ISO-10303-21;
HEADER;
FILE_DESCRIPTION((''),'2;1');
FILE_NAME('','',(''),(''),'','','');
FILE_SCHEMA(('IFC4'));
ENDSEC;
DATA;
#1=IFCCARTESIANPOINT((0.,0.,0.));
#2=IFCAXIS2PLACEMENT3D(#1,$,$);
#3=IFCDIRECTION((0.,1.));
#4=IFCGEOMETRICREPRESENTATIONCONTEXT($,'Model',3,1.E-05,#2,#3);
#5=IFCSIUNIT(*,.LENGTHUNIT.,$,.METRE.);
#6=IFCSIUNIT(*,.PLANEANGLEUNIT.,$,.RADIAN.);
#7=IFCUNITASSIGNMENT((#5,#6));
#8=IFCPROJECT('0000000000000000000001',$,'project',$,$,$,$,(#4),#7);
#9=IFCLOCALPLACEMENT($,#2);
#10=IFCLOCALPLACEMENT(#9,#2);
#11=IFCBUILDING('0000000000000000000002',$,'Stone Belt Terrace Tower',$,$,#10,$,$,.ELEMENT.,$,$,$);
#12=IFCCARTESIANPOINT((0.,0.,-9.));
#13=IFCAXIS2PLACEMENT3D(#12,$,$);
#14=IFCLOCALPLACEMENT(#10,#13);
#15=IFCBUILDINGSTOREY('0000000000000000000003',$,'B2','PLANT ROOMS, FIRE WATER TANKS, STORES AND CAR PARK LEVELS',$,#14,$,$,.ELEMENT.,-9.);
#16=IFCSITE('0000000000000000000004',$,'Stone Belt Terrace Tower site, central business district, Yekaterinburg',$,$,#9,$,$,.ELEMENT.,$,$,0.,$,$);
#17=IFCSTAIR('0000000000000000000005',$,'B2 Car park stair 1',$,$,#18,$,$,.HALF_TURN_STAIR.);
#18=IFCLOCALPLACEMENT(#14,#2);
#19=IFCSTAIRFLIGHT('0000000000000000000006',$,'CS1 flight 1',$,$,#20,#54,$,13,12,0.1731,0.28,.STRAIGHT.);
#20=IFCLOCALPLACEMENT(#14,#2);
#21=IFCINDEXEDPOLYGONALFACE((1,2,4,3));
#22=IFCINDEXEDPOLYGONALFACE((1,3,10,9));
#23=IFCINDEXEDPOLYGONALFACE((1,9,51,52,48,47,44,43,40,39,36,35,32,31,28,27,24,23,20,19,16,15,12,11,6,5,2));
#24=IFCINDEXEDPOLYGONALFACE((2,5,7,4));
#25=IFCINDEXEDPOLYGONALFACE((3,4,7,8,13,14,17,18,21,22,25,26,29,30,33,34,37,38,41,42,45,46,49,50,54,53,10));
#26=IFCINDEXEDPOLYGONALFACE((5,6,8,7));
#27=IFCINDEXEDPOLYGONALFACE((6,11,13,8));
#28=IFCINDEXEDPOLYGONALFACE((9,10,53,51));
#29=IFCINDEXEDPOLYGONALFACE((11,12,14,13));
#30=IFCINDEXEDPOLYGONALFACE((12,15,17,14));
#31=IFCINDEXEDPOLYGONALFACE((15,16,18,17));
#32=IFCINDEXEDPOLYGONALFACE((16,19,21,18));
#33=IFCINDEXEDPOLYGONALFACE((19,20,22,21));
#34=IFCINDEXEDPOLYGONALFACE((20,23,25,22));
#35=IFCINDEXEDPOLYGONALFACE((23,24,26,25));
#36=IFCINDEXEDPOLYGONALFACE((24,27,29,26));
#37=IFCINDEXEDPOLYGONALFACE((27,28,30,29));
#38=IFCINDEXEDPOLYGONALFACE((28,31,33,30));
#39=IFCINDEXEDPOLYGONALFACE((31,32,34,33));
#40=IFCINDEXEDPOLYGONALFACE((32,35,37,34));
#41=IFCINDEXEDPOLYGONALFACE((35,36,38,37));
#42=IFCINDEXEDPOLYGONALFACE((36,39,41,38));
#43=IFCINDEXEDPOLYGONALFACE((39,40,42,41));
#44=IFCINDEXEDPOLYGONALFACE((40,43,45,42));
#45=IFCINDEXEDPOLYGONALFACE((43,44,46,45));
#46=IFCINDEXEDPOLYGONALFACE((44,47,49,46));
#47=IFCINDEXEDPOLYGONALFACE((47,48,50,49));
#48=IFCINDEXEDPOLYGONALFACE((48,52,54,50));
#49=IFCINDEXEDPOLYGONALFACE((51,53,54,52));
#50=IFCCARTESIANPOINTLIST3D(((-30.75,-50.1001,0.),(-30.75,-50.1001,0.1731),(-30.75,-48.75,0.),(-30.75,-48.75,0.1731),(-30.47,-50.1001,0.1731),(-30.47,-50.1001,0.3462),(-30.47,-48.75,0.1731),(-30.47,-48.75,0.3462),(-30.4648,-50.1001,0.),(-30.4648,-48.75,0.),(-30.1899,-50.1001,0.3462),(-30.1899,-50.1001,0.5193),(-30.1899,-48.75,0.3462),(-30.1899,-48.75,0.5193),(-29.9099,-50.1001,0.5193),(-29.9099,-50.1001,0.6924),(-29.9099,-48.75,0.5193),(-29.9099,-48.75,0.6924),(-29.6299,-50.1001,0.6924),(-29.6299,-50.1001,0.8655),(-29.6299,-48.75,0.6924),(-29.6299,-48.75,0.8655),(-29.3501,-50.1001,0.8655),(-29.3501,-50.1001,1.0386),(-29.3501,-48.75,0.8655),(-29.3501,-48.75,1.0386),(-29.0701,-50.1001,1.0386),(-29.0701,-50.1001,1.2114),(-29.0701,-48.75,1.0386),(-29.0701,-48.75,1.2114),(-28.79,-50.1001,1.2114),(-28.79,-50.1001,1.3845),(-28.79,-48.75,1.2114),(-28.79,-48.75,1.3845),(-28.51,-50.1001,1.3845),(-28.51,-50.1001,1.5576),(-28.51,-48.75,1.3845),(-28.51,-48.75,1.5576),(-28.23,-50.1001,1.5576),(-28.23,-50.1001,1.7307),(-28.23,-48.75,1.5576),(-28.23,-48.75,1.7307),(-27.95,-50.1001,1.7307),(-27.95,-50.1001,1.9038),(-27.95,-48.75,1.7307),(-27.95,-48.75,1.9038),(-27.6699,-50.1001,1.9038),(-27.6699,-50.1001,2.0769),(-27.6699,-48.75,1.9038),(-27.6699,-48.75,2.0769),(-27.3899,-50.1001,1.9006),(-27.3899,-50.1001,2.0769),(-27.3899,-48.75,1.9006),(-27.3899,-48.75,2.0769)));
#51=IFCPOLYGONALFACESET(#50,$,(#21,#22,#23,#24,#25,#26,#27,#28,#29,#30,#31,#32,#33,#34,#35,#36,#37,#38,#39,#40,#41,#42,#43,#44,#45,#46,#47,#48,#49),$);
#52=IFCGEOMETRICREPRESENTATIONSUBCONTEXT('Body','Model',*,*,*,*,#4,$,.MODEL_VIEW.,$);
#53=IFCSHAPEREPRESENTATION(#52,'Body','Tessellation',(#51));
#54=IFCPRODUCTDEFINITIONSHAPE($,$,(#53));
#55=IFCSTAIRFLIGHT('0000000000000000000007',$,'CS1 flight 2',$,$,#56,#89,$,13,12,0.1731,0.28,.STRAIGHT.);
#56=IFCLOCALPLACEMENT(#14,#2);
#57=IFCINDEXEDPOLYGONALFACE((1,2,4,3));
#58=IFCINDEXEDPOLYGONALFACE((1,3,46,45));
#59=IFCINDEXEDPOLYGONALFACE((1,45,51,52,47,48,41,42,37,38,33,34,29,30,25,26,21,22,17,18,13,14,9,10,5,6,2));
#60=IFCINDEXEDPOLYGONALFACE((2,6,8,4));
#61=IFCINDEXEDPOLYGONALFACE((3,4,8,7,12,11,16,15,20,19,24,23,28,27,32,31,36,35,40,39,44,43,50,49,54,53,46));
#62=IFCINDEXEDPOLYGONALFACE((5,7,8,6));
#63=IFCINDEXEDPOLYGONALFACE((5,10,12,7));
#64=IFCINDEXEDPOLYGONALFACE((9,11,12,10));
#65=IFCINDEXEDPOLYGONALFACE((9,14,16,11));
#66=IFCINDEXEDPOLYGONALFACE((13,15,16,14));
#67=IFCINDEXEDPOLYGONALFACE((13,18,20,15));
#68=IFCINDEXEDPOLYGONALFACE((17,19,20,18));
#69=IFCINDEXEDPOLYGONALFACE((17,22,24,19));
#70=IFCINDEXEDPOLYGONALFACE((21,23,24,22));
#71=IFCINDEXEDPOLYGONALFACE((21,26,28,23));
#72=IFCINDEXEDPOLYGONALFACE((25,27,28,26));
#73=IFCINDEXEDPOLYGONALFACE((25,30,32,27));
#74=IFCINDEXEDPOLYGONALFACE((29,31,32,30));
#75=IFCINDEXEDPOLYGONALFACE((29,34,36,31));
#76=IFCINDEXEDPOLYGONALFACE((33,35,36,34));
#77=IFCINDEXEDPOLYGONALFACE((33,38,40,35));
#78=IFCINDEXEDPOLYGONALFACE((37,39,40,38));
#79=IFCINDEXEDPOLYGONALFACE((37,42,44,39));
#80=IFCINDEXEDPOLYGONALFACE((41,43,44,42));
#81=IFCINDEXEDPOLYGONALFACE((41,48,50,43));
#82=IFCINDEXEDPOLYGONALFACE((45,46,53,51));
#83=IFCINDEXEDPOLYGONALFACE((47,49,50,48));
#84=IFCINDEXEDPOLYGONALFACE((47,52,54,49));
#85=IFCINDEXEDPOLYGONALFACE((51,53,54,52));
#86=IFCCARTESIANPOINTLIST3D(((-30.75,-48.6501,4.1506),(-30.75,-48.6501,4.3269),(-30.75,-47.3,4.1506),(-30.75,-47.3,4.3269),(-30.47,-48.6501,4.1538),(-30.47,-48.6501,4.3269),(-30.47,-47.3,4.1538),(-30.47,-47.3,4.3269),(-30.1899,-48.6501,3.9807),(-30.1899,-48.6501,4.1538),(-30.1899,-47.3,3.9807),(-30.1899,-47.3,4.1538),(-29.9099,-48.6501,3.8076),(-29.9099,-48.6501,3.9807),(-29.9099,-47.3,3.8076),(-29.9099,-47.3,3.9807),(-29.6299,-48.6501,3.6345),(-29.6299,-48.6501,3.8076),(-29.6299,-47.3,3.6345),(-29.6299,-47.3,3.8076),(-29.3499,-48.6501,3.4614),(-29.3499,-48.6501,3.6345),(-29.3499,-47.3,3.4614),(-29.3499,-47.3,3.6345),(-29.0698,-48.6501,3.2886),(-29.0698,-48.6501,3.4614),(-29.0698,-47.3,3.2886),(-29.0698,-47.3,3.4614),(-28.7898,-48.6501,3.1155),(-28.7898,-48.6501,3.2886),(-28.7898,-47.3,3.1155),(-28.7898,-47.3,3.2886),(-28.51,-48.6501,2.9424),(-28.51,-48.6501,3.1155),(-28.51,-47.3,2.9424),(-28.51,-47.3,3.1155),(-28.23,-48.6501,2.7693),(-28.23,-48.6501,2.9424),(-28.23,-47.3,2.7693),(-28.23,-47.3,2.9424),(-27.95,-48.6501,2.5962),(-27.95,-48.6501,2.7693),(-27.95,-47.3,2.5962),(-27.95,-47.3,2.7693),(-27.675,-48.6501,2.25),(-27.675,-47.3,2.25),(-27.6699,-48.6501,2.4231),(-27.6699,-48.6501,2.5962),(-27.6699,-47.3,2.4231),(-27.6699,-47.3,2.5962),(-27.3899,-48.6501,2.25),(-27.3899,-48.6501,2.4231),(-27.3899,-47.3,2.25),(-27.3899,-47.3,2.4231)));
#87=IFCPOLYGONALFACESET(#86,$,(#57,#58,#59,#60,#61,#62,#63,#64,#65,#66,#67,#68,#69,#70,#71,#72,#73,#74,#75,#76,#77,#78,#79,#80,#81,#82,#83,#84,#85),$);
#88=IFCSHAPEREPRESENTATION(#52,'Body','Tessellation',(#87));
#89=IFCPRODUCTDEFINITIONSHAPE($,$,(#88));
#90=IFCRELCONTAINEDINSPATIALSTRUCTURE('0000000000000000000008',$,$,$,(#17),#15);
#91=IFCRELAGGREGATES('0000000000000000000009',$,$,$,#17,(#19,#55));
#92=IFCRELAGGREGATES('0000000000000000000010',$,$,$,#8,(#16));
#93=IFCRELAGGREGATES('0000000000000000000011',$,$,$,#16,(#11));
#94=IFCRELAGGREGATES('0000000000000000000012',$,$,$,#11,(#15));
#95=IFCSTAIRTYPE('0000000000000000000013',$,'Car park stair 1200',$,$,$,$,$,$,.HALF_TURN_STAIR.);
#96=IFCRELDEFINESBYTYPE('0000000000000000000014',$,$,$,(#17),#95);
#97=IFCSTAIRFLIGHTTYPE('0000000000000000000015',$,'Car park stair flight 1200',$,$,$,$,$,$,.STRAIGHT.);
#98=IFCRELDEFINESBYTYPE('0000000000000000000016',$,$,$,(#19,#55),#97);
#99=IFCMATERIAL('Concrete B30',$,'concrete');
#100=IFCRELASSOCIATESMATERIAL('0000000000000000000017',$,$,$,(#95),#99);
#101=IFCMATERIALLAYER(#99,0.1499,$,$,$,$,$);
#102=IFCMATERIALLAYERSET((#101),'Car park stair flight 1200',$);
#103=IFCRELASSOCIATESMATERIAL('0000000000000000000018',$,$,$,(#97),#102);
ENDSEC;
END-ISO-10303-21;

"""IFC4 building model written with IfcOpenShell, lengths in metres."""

from ifc_helpers import new_model, si_unit, direction, frame, origin, place, context, subcontext, project, spatial, polyline, outline, extrude, material, layer, layer_set, type_object, element, aggregate, save


model = new_model("IFC4")

# Units and contexts
model_context = context("Model", 3, precision=1e-05, world=origin(), true_north=direction((0.0, 1.0)))
body_context = subcontext(model_context, "Body", "Model", "MODEL_VIEW")
ifc_project = project(units=[si_unit("LENGTHUNIT", "METRE"), si_unit("PLANEANGLEUNIT", "RADIAN")], contexts=[model_context])

# Site, building, storey
site_placement = place(None, origin())
site = spatial("IfcSite", under=ifc_project, at=site_placement, Name="Stone Belt Terrace Tower site, central business district, Yekaterinburg", CompositionType="ELEMENT", RefElevation=0.0)
building_placement = place(site_placement, origin())
building = spatial("IfcBuilding", under=site, at=building_placement, Name="Stone Belt Terrace Tower", CompositionType="ELEMENT")
storey_placement = place(building_placement, frame((0.0, 0.0, -9.0)))
storey = spatial("IfcBuildingStorey", under=building, at=storey_placement, Name="B2", Description="PLANT ROOMS, FIRE WATER TANKS, STORES AND CAR PARK LEVELS", CompositionType="ELEMENT", Elevation=-9.0)

# Shared definitions
ifc_material_1 = material(Name="Concrete B30", Category="concrete")

# Stair, stair flights
stair_type = type_object("IfcStairType", Name="Car park stair 1200", PredefinedType="HALF_TURN_STAIR", material=ifc_material_1)
stair_placement = place(storey_placement, origin())
stair = element("IfcStair", 1, at=stair_placement, inside=storey, type_object=stair_type, Name="B2 Car park stair 1", PredefinedType="HALF_TURN_STAIR")
ifc_layer_1 = layer(ifc_material_1, 0.1499)
ifc_layer_set_1 = layer_set([ifc_layer_1], Name="Car park stair flight 1200")
stair_flight_type = type_object("IfcStairFlightType", Name="Car park stair flight 1200", PredefinedType="STRAIGHT", material=ifc_layer_set_1)
stair_flight_1_placement = place(storey_placement, frame((-30.75, -49.425, 0.0), z_axis=(0.0, 0.0, 1.0), x_axis=(1.0, 0.0, 0.0)))
stair_flight_1 = element("IfcStairFlight", 2, at=stair_flight_1_placement, type_object=stair_flight_type, Name="CS1 flight 1", NumberOfRisers=13, NumberOfTreads=12, PredefinedType="STRAIGHT", RiserHeight=0.1731, TreadLength=0.28, context=body_context, shape_type="SweptSolid", body=[
    extrude(outline(polyline([(0.0, 0.0), (0.0, 0.1731), (0.28, 0.1731), (0.28, 0.3462), (0.5601, 0.3462), (0.5601, 0.5193), (0.8401, 0.5193), (0.8401, 0.6924), (1.1201, 0.6924), (1.1201, 0.8655), (1.3999, 0.8655), (1.3999, 1.0386), (1.6799, 1.0386), (1.6799, 1.2114), (1.96, 1.2114), (1.96, 1.3845), (2.24, 1.3845), (2.24, 1.5576), (2.52, 1.5576), (2.52, 1.7307), (2.8, 1.7307), (2.8, 1.9038), (3.0801, 1.9038), (3.0801, 2.0769), (3.3601, 2.0769), (3.3601, 2.25), (3.3601, 1.9006), (0.2852, 0.0), (0.0, 0.0)])), frame((0.0, 0.675, 0.0), z_axis=(0.0, -1.0, 0.0), x_axis=(1.0, 0.0, 0.0)), (0.0, 0.0, 1.0), 1.3501),
])
stair_flight_2_placement = place(storey_placement, frame((-27.3899, -47.9751, 2.25), z_axis=(0.0, 0.0, 1.0), x_axis=(-1.0, 0.0, 0.0)))
stair_flight_2 = element("IfcStairFlight", 3, at=stair_flight_2_placement, type_object=stair_flight_type, Name="CS1 flight 2", NumberOfRisers=13, NumberOfTreads=12, PredefinedType="STRAIGHT", RiserHeight=0.1731, TreadLength=0.28, context=body_context, shape_type="SweptSolid", body=[
    extrude(outline(polyline([(0.0, 0.0), (0.0, 0.1731), (0.28, 0.1731), (0.28, 0.3462), (0.5601, 0.3462), (0.5601, 0.5193), (0.8401, 0.5193), (0.8401, 0.6924), (1.1201, 0.6924), (1.1201, 0.8655), (1.3999, 0.8655), (1.3999, 1.0386), (1.6799, 1.0386), (1.6799, 1.2114), (1.96, 1.2114), (1.96, 1.3845), (2.24, 1.3845), (2.24, 1.5576), (2.52, 1.5576), (2.52, 1.7307), (2.8, 1.7307), (2.8, 1.9038), (3.0801, 1.9038), (3.0801, 2.0769), (3.3601, 2.0769), (3.3601, 2.25), (3.3601, 1.9006), (0.2852, 0.0), (0.0, 0.0)])), frame((0.0, 0.675, 0.0), z_axis=(0.0, -1.0, 0.0), x_axis=(1.0, 0.0, 0.0)), (0.0, 0.0, 1.0), 1.3501),
])
aggregate(stair, [stair_flight_1, stair_flight_2])

save(model, "model.ifc")
